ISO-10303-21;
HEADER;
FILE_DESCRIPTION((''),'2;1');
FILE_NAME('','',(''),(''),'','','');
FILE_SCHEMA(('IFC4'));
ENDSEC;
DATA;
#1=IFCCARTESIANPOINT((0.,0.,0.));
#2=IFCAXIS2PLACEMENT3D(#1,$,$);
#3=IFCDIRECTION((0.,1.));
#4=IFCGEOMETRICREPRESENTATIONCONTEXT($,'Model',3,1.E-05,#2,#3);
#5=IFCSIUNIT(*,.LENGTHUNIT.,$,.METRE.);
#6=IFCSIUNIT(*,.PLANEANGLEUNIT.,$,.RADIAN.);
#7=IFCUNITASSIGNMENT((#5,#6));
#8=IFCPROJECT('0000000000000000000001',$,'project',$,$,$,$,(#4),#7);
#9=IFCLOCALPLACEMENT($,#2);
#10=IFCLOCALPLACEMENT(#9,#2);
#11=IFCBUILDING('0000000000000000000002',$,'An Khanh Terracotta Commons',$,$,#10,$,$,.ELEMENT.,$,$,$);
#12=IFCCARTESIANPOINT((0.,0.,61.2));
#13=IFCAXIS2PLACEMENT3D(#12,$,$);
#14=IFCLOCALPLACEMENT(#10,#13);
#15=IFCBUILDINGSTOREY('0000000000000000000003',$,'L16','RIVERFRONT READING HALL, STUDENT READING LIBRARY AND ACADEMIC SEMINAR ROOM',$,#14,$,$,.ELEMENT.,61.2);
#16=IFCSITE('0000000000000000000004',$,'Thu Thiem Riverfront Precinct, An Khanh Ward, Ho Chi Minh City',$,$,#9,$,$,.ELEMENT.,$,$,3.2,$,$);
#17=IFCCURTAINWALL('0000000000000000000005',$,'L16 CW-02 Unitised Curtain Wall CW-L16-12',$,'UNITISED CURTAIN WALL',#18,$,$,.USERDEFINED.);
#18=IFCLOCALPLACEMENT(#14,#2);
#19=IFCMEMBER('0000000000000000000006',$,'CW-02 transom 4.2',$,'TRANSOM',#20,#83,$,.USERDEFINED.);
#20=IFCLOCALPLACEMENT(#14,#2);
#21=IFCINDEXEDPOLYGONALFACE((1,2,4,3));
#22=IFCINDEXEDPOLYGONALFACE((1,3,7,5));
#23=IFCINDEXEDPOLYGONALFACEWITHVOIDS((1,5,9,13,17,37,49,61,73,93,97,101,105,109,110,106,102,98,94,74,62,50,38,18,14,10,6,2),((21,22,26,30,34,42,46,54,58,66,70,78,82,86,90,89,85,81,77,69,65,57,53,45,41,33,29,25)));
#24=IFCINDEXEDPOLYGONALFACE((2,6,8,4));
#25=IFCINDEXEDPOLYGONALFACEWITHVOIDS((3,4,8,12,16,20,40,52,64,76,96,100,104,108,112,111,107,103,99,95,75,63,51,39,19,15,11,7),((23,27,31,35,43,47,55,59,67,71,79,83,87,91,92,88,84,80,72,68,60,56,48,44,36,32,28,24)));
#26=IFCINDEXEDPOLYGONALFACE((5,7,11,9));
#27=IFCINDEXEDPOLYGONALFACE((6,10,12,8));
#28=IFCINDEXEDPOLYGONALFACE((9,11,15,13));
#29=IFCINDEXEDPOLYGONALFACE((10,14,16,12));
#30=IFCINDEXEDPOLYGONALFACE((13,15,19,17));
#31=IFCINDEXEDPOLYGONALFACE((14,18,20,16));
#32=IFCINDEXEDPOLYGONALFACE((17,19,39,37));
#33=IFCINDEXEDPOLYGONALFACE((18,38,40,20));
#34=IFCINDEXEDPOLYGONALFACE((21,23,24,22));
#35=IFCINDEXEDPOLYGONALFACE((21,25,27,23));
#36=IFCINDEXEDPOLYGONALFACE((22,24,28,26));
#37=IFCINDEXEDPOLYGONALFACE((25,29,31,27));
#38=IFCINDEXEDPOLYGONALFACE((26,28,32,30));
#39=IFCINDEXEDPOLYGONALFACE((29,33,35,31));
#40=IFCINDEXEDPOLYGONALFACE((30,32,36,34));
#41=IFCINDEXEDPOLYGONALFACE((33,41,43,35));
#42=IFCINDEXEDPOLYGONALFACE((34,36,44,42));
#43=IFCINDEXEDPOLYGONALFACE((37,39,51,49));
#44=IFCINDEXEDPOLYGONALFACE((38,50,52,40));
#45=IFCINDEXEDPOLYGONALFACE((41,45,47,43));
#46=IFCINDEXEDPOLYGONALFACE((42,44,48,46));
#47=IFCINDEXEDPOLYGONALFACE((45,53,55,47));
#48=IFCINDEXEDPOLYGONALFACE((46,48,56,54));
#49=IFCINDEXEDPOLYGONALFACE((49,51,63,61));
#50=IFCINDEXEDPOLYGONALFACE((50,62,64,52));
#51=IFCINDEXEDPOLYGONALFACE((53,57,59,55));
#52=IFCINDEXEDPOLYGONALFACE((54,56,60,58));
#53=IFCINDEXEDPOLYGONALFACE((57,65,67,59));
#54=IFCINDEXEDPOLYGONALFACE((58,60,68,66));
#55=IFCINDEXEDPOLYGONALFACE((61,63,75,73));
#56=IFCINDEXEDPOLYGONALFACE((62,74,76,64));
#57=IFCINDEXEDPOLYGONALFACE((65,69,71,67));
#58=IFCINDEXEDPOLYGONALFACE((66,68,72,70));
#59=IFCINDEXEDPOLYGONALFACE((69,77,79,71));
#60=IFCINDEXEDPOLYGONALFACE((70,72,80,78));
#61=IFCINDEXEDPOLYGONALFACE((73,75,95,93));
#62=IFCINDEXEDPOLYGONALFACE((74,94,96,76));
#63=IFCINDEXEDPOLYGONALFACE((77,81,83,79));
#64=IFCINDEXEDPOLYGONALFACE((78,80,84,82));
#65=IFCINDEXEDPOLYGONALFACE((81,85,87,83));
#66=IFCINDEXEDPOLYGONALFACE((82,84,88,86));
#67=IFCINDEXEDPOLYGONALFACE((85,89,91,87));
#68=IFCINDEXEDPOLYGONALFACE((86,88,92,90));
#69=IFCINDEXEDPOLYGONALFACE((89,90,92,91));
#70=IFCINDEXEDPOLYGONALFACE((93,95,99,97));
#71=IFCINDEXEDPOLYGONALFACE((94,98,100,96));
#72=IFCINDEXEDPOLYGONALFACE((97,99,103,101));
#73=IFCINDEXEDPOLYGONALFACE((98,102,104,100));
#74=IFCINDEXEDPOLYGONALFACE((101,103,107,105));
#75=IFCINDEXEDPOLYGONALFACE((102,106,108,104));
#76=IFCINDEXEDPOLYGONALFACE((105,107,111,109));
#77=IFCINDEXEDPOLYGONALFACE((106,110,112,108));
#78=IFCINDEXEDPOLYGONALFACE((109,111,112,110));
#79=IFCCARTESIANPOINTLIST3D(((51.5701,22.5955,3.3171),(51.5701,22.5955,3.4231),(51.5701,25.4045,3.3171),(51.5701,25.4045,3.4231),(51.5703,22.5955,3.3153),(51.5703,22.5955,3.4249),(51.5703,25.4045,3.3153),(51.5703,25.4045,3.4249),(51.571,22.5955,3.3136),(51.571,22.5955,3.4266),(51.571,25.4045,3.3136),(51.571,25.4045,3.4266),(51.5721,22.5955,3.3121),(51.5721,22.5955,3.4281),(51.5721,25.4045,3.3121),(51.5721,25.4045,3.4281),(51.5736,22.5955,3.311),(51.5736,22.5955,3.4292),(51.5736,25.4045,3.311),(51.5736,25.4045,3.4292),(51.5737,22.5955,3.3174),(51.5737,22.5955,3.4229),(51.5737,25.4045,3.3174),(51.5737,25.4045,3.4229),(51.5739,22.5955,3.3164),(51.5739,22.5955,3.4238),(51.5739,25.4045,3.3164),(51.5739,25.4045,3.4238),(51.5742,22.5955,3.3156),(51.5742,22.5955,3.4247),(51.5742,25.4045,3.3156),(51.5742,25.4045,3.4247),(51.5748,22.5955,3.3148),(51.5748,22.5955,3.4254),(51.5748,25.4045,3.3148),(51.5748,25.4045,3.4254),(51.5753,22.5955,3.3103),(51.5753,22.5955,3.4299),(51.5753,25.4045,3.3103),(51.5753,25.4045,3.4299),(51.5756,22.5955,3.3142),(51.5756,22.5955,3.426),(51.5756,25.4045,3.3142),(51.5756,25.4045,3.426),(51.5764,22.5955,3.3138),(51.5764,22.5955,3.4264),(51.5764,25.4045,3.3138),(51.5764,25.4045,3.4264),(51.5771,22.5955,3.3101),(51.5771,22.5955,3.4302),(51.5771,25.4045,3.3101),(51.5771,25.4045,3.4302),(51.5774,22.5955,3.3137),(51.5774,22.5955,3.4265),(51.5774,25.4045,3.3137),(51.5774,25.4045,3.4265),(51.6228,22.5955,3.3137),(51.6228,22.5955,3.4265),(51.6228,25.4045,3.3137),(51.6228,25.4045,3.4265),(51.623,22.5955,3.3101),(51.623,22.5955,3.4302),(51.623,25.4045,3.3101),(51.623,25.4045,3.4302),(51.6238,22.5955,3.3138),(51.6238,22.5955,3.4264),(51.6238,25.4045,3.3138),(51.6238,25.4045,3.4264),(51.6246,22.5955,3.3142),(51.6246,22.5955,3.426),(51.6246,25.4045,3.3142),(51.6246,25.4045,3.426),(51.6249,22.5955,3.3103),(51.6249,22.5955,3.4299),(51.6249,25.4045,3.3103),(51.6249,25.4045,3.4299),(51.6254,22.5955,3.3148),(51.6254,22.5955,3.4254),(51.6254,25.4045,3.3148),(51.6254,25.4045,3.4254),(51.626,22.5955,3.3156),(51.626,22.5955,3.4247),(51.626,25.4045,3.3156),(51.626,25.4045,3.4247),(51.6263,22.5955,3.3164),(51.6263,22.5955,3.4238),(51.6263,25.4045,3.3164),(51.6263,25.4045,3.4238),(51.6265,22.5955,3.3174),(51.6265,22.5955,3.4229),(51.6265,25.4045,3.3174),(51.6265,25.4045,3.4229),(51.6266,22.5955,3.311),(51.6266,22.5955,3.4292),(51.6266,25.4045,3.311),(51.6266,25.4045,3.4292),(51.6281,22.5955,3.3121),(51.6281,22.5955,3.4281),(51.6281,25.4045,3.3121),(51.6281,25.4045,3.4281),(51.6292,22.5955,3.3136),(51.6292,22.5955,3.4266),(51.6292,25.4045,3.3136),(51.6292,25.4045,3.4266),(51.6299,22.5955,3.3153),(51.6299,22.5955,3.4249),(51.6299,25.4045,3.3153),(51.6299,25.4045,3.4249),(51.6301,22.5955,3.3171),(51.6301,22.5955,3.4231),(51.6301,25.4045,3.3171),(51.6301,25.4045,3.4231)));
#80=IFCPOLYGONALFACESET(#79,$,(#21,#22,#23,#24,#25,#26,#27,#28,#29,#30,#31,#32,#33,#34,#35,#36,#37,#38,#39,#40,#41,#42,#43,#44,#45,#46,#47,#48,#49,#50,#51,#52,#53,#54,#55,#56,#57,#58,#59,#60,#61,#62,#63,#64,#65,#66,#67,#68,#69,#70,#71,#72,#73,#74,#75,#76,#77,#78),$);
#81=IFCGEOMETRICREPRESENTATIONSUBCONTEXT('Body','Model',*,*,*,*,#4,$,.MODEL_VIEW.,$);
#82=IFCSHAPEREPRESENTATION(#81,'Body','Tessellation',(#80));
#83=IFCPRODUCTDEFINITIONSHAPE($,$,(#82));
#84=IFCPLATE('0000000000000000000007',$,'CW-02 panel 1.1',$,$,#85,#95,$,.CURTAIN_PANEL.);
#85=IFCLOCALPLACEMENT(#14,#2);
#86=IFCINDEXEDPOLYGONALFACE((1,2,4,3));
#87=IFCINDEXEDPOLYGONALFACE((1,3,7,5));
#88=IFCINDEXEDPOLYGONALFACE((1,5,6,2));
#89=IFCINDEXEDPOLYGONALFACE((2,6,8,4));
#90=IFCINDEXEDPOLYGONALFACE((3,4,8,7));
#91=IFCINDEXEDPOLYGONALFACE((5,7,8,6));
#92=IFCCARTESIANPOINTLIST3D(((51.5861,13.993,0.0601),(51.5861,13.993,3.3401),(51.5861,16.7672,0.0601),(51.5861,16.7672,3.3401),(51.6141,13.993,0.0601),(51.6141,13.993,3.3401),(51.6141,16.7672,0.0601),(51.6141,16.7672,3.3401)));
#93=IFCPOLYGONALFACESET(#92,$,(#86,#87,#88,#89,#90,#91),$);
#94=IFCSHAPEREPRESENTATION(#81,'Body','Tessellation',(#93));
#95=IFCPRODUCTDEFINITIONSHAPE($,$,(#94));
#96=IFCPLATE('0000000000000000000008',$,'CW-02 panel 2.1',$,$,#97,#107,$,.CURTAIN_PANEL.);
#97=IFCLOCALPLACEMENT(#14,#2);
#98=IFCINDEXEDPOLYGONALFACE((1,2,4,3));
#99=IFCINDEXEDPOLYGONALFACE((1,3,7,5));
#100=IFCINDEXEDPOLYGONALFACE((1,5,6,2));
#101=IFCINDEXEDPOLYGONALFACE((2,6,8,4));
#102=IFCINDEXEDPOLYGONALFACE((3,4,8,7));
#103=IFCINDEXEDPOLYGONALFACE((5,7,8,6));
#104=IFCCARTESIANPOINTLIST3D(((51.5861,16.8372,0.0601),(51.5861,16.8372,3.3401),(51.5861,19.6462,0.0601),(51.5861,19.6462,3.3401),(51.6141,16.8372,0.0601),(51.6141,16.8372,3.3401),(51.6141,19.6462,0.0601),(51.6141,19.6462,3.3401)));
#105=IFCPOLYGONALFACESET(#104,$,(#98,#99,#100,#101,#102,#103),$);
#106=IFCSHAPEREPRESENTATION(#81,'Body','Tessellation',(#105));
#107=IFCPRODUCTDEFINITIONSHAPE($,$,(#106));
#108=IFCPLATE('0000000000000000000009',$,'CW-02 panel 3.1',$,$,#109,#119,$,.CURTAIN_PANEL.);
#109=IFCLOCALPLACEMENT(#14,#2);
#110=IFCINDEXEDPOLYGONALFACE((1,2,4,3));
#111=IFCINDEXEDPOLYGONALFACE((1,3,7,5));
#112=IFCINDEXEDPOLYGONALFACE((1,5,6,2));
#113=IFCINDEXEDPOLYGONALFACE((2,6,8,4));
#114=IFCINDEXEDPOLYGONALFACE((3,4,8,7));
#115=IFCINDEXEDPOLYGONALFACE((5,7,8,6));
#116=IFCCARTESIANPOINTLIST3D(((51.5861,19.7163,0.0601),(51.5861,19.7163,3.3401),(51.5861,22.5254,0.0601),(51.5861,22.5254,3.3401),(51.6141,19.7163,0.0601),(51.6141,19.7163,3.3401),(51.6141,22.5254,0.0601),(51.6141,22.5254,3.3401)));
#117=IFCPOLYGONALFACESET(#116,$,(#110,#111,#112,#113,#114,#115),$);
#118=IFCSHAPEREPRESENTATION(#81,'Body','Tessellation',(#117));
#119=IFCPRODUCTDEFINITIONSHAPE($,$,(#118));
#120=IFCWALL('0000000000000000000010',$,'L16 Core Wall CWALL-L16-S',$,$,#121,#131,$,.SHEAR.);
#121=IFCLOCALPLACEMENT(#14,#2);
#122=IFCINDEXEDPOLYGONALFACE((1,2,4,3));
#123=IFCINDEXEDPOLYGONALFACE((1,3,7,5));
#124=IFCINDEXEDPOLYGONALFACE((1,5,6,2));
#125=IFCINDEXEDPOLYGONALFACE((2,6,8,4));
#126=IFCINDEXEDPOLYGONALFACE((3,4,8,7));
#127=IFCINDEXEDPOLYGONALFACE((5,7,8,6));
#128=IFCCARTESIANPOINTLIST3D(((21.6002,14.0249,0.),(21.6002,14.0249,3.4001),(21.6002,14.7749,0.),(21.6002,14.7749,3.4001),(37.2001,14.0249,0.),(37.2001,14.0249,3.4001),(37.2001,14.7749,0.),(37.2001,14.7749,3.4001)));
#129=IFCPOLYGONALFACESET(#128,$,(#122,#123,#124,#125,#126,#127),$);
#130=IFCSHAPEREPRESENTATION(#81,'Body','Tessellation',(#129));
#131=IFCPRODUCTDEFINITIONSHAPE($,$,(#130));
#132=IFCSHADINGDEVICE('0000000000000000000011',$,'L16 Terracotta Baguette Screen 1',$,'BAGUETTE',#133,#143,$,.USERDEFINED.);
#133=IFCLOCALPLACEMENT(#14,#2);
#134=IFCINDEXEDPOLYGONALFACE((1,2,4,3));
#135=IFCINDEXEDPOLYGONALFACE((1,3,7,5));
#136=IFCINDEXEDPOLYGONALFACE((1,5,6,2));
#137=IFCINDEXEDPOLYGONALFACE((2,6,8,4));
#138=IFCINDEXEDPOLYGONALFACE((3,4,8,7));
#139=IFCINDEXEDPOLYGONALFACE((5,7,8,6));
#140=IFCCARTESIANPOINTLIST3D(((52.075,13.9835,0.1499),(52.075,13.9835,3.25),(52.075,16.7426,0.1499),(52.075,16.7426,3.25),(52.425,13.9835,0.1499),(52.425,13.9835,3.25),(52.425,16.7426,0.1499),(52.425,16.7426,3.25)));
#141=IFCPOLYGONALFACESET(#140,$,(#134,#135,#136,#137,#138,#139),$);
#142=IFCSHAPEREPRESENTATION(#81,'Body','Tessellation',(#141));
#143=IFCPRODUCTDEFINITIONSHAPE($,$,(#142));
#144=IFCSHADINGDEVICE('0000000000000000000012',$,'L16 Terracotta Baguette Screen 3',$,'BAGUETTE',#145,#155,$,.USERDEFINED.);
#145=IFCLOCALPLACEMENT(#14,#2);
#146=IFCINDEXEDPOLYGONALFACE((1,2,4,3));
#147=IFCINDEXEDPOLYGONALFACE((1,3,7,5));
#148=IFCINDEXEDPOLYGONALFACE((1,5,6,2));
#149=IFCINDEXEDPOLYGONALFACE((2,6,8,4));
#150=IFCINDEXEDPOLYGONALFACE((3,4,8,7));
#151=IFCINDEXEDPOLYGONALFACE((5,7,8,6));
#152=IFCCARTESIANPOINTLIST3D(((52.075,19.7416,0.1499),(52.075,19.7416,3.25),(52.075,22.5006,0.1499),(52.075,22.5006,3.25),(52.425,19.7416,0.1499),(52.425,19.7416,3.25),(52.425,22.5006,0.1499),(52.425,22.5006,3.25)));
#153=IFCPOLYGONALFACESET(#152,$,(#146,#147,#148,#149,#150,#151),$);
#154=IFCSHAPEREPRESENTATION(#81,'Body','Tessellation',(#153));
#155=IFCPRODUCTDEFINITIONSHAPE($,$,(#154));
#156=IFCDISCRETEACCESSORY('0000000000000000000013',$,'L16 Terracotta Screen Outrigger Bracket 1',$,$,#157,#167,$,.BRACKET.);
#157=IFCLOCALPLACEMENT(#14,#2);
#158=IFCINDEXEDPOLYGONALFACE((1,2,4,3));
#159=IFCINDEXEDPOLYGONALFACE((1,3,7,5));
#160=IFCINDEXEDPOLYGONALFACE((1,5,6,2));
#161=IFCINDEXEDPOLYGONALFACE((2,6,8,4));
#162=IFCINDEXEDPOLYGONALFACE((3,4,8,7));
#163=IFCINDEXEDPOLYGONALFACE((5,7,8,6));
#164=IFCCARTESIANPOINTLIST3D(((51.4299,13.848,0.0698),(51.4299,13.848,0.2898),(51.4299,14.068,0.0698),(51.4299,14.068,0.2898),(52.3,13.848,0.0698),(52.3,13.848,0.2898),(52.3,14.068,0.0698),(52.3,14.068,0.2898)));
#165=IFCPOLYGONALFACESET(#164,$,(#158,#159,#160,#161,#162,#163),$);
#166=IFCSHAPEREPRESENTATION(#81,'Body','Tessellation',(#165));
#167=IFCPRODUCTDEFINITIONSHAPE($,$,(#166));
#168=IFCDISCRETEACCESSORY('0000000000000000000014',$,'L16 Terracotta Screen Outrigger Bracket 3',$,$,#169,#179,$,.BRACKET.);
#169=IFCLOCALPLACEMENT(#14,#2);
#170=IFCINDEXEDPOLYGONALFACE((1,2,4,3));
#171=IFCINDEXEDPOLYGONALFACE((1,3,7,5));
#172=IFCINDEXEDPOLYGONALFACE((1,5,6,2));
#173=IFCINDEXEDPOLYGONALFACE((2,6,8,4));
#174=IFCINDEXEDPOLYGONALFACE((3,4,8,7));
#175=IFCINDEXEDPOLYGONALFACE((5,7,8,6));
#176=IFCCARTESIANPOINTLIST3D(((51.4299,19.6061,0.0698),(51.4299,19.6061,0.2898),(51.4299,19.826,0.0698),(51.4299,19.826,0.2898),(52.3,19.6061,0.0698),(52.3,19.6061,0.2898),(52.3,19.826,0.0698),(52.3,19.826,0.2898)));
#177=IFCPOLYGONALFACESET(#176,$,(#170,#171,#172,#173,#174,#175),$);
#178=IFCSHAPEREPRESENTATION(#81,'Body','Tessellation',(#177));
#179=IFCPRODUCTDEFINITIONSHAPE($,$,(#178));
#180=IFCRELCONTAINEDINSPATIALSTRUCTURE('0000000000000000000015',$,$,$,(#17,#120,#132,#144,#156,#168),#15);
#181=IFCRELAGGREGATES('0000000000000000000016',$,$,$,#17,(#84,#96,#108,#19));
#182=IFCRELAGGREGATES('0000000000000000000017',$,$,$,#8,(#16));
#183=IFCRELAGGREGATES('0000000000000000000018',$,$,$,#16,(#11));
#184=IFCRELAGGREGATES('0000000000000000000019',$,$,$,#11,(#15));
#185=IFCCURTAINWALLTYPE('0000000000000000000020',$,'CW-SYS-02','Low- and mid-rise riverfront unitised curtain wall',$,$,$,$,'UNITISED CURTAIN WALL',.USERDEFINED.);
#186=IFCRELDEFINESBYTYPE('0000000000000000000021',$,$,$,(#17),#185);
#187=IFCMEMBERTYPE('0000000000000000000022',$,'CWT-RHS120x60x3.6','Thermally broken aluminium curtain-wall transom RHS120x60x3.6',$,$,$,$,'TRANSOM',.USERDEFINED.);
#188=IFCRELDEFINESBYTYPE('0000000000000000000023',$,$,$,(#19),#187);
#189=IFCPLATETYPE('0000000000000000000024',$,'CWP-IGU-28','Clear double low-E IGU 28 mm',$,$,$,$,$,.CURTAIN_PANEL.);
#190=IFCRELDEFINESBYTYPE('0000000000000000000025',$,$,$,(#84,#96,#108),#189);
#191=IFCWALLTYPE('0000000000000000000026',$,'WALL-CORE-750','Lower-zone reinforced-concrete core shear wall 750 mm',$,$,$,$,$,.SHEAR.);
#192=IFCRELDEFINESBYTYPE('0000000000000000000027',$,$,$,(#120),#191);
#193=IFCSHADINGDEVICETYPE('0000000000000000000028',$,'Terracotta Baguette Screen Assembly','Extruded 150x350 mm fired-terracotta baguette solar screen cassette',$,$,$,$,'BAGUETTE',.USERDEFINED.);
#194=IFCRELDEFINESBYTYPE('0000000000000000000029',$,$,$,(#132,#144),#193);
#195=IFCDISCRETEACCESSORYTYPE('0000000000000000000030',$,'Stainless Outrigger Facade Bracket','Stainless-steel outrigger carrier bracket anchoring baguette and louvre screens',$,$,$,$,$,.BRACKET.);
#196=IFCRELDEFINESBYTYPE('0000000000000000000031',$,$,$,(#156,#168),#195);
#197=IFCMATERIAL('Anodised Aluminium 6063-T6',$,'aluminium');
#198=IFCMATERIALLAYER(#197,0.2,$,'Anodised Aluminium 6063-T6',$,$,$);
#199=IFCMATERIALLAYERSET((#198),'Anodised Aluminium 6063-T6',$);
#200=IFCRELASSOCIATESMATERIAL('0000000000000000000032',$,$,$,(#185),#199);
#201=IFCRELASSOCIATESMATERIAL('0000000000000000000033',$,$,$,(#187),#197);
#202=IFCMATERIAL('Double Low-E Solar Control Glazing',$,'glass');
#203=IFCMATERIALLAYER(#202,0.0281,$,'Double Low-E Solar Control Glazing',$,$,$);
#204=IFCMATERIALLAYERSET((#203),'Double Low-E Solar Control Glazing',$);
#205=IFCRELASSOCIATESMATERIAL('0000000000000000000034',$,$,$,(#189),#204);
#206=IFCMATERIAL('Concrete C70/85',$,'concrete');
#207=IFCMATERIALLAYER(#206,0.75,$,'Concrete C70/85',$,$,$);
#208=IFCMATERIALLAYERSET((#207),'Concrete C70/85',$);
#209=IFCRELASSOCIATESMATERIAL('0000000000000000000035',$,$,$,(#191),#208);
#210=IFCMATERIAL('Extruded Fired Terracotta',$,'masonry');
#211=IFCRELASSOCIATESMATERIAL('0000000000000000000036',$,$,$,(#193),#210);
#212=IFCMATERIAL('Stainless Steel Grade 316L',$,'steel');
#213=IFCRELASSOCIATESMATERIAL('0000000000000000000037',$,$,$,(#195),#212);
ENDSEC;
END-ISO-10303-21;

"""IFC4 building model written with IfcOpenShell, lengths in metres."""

from ifc_helpers import new_model, si_unit, direction, frame, frame_2d, origin, origin_2d, place, context, subcontext, project, spatial, rectangle, hollow_rectangle, extrude, material, layer, layer_set, material_profile, profile_set, type_object, element, aggregate, save


model = new_model("IFC4")

# Units and contexts
model_context = context("Model", 3, precision=1e-05, world=origin(), true_north=direction((0.0, 1.0)))
body_context = subcontext(model_context, "Body", "Model", "MODEL_VIEW")
ifc_project = project(units=[si_unit("LENGTHUNIT", "METRE"), si_unit("PLANEANGLEUNIT", "RADIAN")], contexts=[model_context])

# Site, building, storey
site_placement = place(None, origin())
site = spatial("IfcSite", under=ifc_project, at=site_placement, Name="Thu Thiem Riverfront Precinct, An Khanh Ward, Ho Chi Minh City", CompositionType="ELEMENT", RefElevation=3.2)
building_placement = place(site_placement, origin())
building = spatial("IfcBuilding", under=site, at=building_placement, Name="An Khanh Terracotta Commons", CompositionType="ELEMENT")
storey_placement = place(building_placement, frame((0.0, 0.0, 61.2)))
storey = spatial("IfcBuildingStorey", under=building, at=storey_placement, Name="L16", Description="RIVERFRONT READING HALL, STUDENT READING LIBRARY AND ACADEMIC SEMINAR ROOM", CompositionType="ELEMENT", Elevation=61.2)

# Shared definitions
ifc_material_1 = material(Name="Concrete C70/85", Category="concrete")

# Curtain wall, member, plates
ifc_material_2 = material(Name="Anodised Aluminium 6063-T6", Category="aluminium")
ifc_layer_1 = layer(ifc_material_2, 0.2, Name="Anodised Aluminium 6063-T6")
ifc_layer_set_1 = layer_set([ifc_layer_1], Name="Anodised Aluminium 6063-T6")
curtain_wall_type = type_object("IfcCurtainWallType", Name="CW-SYS-02", Description="Low- and mid-rise riverfront unitised curtain wall", ElementType="UNITISED CURTAIN WALL", PredefinedType="USERDEFINED", material=ifc_layer_set_1)
curtain_wall_placement = place(storey_placement, origin())
curtain_wall = element("IfcCurtainWall", 1, at=curtain_wall_placement, inside=storey, type_object=curtain_wall_type, Name="L16 CW-02 Unitised Curtain Wall CW-L16-12", ObjectType="UNITISED CURTAIN WALL", PredefinedType="USERDEFINED")
ifc_material_profile_1 = material_profile(ifc_material_2, hollow_rectangle(XDim=0.0601, YDim=0.1201, WallThickness=0.0037, InnerFilletRadius=0.0037, OuterFilletRadius=0.0071, at=origin_2d()), Name="RHS120x60x3.6")
ifc_profile_set_1 = profile_set([ifc_material_profile_1], Name="Anodised Aluminium 6063-T6")
member_type_1 = type_object("IfcMemberType", Name="CWT-RHS120x60x3.6", Description="Thermally broken aluminium curtain-wall transom RHS120x60x3.6", ElementType="TRANSOM", PredefinedType="USERDEFINED", material=ifc_profile_set_1)
member_1_placement = place(storey_placement, frame((51.6001, 22.5955, 3.3701), z_axis=(0.0, 1.0, 0.0), x_axis=(-1.0, 0.0, 0.0)))
member_1 = element("IfcMember", 2, at=member_1_placement, type_object=member_type_1, Name="CW-02 transom 4.2", ObjectType="TRANSOM", PredefinedType="USERDEFINED", context=body_context, shape_type="SweptSolid", body=[
    extrude(hollow_rectangle(XDim=0.0601, YDim=0.1201, WallThickness=0.0037, InnerFilletRadius=0.0037, OuterFilletRadius=0.0071, at=origin_2d()), origin(), (0.0, 0.0, 1.0), 2.8091),
])
ifc_material_3 = material(Name="Double Low-E Solar Control Glazing", Category="glass")
ifc_layer_2 = layer(ifc_material_3, 0.0281, Name="Double Low-E Solar Control Glazing")
ifc_layer_set_2 = layer_set([ifc_layer_2], Name="Double Low-E Solar Control Glazing")
plate_type = type_object("IfcPlateType", Name="CWP-IGU-28", Description="Clear double low-E IGU 28 mm", PredefinedType="CURTAIN_PANEL", material=ifc_layer_set_2)
plate_1_placement = place(storey_placement, frame((51.6001, 15.3801, 0.0601), z_axis=(0.0, 0.0, 1.0), x_axis=(0.0, 1.0, 0.0)))
plate_1 = element("IfcPlate", 3, at=plate_1_placement, type_object=plate_type, Name="CW-02 panel 1.1", PredefinedType="CURTAIN_PANEL", context=body_context, shape_type="SweptSolid", body=[
    extrude(rectangle(XDim=2.7742, YDim=0.0281, at=origin_2d()), origin(), (0.0, 0.0, 1.0), 3.28),
])
plate_2_placement = place(storey_placement, frame((51.6001, 18.2417, 0.0601), z_axis=(0.0, 0.0, 1.0), x_axis=(0.0, 1.0, 0.0)))
plate_2 = element("IfcPlate", 4, at=plate_2_placement, type_object=plate_type, Name="CW-02 panel 2.1", PredefinedType="CURTAIN_PANEL", context=body_context, shape_type="SweptSolid", body=[
    extrude(rectangle(XDim=2.8091, YDim=0.0281, at=origin_2d()), origin(), (0.0, 0.0, 1.0), 3.28),
])
plate_3_placement = place(storey_placement, frame((51.6001, 21.1208, 0.0601), z_axis=(0.0, 0.0, 1.0), x_axis=(0.0, 1.0, 0.0)))
plate_3 = element("IfcPlate", 5, at=plate_3_placement, type_object=plate_type, Name="CW-02 panel 3.1", PredefinedType="CURTAIN_PANEL", context=body_context, shape_type="SweptSolid", body=[
    extrude(rectangle(XDim=2.8091, YDim=0.0281, at=origin_2d()), origin(), (0.0, 0.0, 1.0), 3.28),
])
aggregate(curtain_wall, [plate_1, plate_2, plate_3, member_1])

# Wall
ifc_layer_3 = layer(ifc_material_1, 0.75, Name="Concrete C70/85")
ifc_layer_set_3 = layer_set([ifc_layer_3], Name="Concrete C70/85")
wall_type = type_object("IfcWallType", Name="WALL-CORE-750", Description="Lower-zone reinforced-concrete core shear wall 750 mm", PredefinedType="SHEAR", material=ifc_layer_set_3)
wall_1_placement = place(storey_placement, frame((37.2, 14.3999, 0.0), z_axis=(0.0, 0.0, 1.0), x_axis=(-1.0, 0.0, 0.0)))
element("IfcWall", 6, at=wall_1_placement, inside=storey, type_object=wall_type, Name="L16 Core Wall CWALL-L16-S", PredefinedType="SHEAR", context=body_context, shape_type="SweptSolid", body=[
    extrude(rectangle(XDim=15.5999, YDim=0.75, at=frame_2d((7.7998, 0.0))), origin(), (0.0, 0.0, 1.0), 3.4001),
])

# Shading devices
ifc_material_4 = material(Name="Extruded Fired Terracotta", Category="masonry")
shading_device_type = type_object("IfcShadingDeviceType", Name="Terracotta Baguette Screen Assembly", Description="Extruded 150x350 mm fired-terracotta baguette solar screen cassette", ElementType="BAGUETTE", PredefinedType="USERDEFINED", material=ifc_material_4)
for number, where, z_axis, x_axis, name in (
    (7, (52.25, 15.363, 0.1499), (0.0, 0.0, 1.0), (0.0, 1.0, 0.0), "L16 Terracotta Baguette Screen 1"),
    (8, (52.25, 21.1211, 0.1499), (0.0, 0.0, 1.0), (0.0, 1.0, 0.0), "L16 Terracotta Baguette Screen 3"),
):
    element("IfcShadingDevice", number, at=place(storey_placement, frame(where, z_axis=z_axis, x_axis=x_axis)), inside=storey, type_object=shading_device_type, Name=name, ObjectType="BAGUETTE", PredefinedType="USERDEFINED", context=body_context, shape_type="SweptSolid", body=[
        extrude(rectangle(XDim=2.759, YDim=0.3501, at=origin_2d()), origin(), (0.0, 0.0, 1.0), 3.1001),
    ])

# Discrete accessories
ifc_material_5 = material(Name="Stainless Steel Grade 316L", Category="steel")
discrete_accessory_type = type_object("IfcDiscreteAccessoryType", Name="Stainless Outrigger Facade Bracket", Description="Stainless-steel outrigger carrier bracket anchoring baguette and louvre screens", PredefinedType="BRACKET", material=ifc_material_5)
for number, where, z_axis, x_axis, name in (
    (9, (51.865, 13.958, 0.0698), (0.0, 0.0, 1.0), (0.0, 1.0, 0.0), "L16 Terracotta Screen Outrigger Bracket 1"),
    (10, (51.865, 19.7161, 0.0698), (0.0, 0.0, 1.0), (0.0, 1.0, 0.0), "L16 Terracotta Screen Outrigger Bracket 3"),
):
    element("IfcDiscreteAccessory", number, at=place(storey_placement, frame(where, z_axis=z_axis, x_axis=x_axis)), inside=storey, type_object=discrete_accessory_type, Name=name, PredefinedType="BRACKET", context=body_context, shape_type="SweptSolid", body=[
        extrude(rectangle(XDim=0.22, YDim=0.8701, at=origin_2d()), origin(), (0.0, 0.0, 1.0), 0.22),
    ])

save(model, "model.ifc")
